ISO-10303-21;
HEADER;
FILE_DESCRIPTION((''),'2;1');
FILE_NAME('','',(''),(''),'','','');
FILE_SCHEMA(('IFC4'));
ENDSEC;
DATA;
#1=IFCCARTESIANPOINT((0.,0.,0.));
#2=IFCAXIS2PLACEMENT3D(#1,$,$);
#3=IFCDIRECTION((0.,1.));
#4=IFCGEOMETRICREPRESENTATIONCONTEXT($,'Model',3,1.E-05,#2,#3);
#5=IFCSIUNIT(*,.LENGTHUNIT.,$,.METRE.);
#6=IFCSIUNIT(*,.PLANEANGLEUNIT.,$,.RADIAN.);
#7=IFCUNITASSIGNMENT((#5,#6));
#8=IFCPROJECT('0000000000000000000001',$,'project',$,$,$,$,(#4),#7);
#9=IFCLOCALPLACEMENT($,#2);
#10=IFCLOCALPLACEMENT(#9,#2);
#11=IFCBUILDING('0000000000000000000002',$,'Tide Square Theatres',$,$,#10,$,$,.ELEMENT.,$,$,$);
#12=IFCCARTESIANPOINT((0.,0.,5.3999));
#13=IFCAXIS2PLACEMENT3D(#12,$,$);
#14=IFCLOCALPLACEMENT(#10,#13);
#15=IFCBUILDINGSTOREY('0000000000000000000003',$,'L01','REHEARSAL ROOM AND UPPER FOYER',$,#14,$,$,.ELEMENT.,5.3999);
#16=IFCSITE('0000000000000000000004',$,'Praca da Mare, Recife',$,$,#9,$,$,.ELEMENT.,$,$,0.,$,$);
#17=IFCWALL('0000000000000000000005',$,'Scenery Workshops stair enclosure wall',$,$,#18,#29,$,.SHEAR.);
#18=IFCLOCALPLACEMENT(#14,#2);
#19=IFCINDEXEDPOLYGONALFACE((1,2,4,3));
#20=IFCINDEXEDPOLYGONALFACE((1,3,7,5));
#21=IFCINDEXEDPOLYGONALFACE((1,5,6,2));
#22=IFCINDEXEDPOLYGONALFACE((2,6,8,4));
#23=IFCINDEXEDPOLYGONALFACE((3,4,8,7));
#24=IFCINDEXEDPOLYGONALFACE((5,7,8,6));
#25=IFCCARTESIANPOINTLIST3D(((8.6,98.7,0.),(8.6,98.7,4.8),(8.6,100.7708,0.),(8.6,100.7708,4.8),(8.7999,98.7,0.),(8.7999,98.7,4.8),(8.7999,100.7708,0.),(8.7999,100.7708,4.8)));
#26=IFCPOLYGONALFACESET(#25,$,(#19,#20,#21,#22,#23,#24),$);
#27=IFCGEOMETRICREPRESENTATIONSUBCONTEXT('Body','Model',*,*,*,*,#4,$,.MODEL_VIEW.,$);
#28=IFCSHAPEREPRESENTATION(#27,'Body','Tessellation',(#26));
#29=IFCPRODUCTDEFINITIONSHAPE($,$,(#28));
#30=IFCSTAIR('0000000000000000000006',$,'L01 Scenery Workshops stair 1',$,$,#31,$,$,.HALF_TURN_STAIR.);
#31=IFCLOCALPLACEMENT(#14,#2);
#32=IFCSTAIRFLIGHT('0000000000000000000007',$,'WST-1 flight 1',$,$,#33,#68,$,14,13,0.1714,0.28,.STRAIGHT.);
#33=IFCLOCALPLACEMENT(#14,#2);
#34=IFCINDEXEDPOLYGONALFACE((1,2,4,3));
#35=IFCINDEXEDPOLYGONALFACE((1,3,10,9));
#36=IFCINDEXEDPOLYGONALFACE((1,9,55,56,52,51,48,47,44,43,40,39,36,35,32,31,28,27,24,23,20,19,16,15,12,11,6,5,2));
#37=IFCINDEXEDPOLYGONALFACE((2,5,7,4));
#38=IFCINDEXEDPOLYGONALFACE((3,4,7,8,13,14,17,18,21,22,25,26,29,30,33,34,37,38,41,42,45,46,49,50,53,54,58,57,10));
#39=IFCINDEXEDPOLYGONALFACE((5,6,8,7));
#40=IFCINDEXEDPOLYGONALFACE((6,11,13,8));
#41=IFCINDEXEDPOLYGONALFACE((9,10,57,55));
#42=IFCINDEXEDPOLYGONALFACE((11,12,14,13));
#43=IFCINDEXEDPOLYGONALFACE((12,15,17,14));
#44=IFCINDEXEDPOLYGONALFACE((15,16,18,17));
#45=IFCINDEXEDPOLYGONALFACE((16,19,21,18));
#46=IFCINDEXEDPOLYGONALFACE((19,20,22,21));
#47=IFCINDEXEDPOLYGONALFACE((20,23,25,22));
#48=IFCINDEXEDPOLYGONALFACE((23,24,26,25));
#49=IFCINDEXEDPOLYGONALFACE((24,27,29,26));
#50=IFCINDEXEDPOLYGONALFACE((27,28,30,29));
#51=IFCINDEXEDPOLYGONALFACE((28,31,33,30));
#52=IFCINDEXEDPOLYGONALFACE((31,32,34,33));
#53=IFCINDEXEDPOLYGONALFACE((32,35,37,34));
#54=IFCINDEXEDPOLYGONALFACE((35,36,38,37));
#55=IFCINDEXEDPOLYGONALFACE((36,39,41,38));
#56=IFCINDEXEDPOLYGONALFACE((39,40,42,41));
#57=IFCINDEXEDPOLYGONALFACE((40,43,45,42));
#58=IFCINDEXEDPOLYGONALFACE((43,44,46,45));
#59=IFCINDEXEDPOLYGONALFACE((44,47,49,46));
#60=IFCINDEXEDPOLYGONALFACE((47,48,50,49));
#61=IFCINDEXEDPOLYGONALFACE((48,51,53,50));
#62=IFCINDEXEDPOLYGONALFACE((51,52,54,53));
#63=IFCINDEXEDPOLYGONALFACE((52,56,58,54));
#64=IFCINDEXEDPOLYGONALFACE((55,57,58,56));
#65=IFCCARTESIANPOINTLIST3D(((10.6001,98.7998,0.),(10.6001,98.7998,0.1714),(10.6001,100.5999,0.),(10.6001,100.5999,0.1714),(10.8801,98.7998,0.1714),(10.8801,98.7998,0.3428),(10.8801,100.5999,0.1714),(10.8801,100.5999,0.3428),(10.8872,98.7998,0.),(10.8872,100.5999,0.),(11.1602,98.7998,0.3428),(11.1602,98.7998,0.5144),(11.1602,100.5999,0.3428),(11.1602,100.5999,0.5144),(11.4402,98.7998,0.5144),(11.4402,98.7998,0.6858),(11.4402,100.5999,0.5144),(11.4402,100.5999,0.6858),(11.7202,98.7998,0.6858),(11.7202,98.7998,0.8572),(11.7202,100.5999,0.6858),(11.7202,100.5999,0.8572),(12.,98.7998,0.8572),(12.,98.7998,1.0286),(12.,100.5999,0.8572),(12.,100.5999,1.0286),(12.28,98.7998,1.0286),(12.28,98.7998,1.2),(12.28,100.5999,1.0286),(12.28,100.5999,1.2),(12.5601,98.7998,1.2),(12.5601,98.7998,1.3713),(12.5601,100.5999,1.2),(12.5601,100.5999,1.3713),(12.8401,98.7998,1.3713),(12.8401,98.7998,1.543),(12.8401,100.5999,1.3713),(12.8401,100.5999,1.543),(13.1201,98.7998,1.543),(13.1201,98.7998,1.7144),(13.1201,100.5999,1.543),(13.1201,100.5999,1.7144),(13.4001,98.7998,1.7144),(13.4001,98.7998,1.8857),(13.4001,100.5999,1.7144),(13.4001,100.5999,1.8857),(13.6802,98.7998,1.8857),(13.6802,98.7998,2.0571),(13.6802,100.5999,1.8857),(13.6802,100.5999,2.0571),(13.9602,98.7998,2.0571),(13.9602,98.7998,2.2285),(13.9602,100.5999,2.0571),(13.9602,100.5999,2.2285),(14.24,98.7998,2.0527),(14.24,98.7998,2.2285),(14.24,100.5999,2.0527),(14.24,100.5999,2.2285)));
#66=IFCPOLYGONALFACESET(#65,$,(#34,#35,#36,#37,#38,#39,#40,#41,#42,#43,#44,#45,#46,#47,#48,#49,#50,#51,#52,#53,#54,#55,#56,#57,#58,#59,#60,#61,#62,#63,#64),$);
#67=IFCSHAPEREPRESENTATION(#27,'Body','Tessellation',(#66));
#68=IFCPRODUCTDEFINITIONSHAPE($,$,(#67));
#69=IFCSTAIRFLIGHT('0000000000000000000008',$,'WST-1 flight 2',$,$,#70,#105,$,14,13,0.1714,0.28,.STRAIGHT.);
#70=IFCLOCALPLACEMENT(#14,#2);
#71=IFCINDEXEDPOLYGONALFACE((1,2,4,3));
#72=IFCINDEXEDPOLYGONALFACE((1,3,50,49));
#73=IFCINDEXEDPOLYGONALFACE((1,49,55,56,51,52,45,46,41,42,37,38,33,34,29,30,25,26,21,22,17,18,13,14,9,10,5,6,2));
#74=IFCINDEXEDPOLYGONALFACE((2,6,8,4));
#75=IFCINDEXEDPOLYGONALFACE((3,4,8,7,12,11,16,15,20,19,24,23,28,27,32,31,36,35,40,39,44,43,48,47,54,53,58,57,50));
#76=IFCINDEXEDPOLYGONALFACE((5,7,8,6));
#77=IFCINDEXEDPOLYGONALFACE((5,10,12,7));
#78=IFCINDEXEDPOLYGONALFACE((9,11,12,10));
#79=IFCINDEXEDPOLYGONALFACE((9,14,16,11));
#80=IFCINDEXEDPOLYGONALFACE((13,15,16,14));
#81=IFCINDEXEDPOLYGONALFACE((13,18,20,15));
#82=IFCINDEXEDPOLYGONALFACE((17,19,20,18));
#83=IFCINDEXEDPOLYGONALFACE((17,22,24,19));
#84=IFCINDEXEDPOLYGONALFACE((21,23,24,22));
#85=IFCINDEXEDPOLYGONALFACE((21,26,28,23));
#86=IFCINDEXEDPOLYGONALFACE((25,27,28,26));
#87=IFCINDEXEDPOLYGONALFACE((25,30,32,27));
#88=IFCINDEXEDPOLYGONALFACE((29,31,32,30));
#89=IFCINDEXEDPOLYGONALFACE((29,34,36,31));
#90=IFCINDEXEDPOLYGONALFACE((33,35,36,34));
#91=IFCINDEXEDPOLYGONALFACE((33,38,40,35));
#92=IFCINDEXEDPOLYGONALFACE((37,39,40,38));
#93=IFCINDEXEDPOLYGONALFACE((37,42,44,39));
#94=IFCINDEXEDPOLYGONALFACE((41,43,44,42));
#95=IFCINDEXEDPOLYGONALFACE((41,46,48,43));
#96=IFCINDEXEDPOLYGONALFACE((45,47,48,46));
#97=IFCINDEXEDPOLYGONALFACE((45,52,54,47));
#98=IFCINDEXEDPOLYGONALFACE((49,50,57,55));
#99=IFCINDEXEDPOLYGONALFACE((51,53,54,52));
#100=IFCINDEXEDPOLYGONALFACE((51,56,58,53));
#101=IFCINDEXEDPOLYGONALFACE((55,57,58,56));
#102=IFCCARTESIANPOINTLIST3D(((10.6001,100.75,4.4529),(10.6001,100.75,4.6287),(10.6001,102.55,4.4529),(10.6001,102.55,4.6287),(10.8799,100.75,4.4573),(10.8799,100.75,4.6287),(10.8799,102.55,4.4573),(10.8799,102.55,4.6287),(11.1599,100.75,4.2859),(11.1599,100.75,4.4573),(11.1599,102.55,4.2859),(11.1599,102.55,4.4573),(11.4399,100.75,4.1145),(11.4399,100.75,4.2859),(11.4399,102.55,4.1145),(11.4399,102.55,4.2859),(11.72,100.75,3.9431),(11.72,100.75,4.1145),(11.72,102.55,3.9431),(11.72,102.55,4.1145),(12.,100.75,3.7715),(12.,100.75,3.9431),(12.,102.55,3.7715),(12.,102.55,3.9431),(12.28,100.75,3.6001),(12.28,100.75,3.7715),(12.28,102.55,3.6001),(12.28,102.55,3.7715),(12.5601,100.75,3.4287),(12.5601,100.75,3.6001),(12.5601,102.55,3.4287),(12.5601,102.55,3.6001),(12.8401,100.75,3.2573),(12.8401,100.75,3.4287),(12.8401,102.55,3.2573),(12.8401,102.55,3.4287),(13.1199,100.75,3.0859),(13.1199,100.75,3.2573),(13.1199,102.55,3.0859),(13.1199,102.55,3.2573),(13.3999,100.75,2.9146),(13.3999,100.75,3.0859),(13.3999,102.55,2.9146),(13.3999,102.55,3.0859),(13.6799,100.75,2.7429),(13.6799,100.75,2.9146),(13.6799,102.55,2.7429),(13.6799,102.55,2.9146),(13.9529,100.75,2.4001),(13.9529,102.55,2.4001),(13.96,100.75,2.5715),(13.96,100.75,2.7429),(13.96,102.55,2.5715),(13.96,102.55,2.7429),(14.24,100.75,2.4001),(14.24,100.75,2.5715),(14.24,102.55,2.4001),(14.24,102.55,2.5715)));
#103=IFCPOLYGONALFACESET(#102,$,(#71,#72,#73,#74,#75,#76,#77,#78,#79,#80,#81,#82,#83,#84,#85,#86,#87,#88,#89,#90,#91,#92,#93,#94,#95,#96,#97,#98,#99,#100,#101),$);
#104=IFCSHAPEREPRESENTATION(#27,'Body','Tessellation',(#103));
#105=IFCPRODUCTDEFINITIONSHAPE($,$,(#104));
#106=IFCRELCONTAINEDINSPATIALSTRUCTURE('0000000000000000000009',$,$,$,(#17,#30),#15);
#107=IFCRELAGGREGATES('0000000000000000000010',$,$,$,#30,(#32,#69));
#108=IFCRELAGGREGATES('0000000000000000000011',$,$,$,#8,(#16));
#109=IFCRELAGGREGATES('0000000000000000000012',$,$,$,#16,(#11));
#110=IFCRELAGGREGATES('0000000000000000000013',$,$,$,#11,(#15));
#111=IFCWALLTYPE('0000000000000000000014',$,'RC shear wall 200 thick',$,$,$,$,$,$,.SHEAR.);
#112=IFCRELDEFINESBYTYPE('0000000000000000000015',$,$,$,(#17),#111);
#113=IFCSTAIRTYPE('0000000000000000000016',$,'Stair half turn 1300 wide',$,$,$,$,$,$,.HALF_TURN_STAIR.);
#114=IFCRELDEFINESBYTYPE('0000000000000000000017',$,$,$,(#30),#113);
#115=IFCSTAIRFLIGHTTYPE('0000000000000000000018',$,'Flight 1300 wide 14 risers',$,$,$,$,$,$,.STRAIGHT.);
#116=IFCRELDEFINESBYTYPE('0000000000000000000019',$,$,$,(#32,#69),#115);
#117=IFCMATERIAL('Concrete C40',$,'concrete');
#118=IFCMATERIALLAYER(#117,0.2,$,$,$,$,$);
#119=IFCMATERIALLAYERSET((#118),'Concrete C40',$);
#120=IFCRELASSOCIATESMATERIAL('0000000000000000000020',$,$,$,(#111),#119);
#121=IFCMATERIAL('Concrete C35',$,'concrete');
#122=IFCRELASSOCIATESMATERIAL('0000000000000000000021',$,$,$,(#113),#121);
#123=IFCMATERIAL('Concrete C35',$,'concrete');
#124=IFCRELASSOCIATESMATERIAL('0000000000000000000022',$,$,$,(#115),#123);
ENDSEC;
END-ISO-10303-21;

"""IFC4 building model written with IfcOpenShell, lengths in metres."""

from ifc_helpers import new_model, si_unit, direction, frame, frame_2d, origin, place, context, subcontext, project, spatial, polyline, rectangle, outline, extrude, material, layer, layer_set, type_object, element, aggregate, save


model = new_model("IFC4")

# Units and contexts
model_context = context("Model", 3, precision=1e-05, world=origin(), true_north=direction((0.0, 1.0)))
body_context = subcontext(model_context, "Body", "Model", "MODEL_VIEW")
ifc_project = project(units=[si_unit("LENGTHUNIT", "METRE"), si_unit("PLANEANGLEUNIT", "RADIAN")], contexts=[model_context])

# Site, building, storey
site_placement = place(None, origin())
site = spatial("IfcSite", under=ifc_project, at=site_placement, Name="Praca da Mare, Recife", CompositionType="ELEMENT", RefElevation=0.0)
building_placement = place(site_placement, origin())
building = spatial("IfcBuilding", under=site, at=building_placement, Name="Tide Square Theatres", CompositionType="ELEMENT")
storey_placement = place(building_placement, frame((0.0, 0.0, 5.3999)))
storey = spatial("IfcBuildingStorey", under=building, at=storey_placement, Name="L01", Description="REHEARSAL ROOM AND UPPER FOYER", CompositionType="ELEMENT", Elevation=5.3999)

# Wall
ifc_material_1 = material(Name="Concrete C40", Category="concrete")
ifc_layer_1 = layer(ifc_material_1, 0.2)
ifc_layer_set_1 = layer_set([ifc_layer_1], Name="Concrete C40")
wall_type_1 = type_object("IfcWallType", Name="RC shear wall 200 thick", PredefinedType="SHEAR", material=ifc_layer_set_1)
wall_1_placement = place(storey_placement, frame((8.7, 98.7, 0.0), z_axis=(0.0, 0.0, 1.0), x_axis=(0.0, 1.0, 0.0)))
element("IfcWall", 1, at=wall_1_placement, inside=storey, type_object=wall_type_1, Name="Scenery Workshops stair enclosure wall", PredefinedType="SHEAR", context=body_context, shape_type="SweptSolid", body=[
    extrude(rectangle(XDim=2.0708, YDim=0.2, at=frame_2d((1.0354, 0.0))), origin(), (0.0, 0.0, 1.0), 4.8),
])

# Stair, stair flights
ifc_material_2 = material(Name="Concrete C35", Category="concrete")
stair_type = type_object("IfcStairType", Name="Stair half turn 1300 wide", PredefinedType="HALF_TURN_STAIR", material=ifc_material_2)
stair_placement = place(storey_placement, origin())
stair = element("IfcStair", 2, at=stair_placement, inside=storey, type_object=stair_type, Name="L01 Scenery Workshops stair 1", PredefinedType="HALF_TURN_STAIR")
ifc_material_3 = material(Name="Concrete C35", Category="concrete")
stair_flight_type = type_object("IfcStairFlightType", Name="Flight 1300 wide 14 risers", PredefinedType="STRAIGHT", material=ifc_material_3)
stair_flight_1_placement = place(storey_placement, frame((10.6001, 99.7, 0.0), z_axis=(0.0, 0.0, 1.0), x_axis=(1.0, 0.0, 0.0)))
stair_flight_1 = element("IfcStairFlight", 3, at=stair_flight_1_placement, type_object=stair_flight_type, Name="WST-1 flight 1", NumberOfRisers=14, NumberOfTreads=13, PredefinedType="STRAIGHT", RiserHeight=0.1714, TreadLength=0.28, context=body_context, shape_type="SweptSolid", body=[
    extrude(outline(polyline([(0.0, 0.0), (0.0, 0.1714), (0.28, 0.1714), (0.28, 0.3428), (0.5601, 0.3428), (0.5601, 0.5144), (0.8401, 0.5144), (0.8401, 0.6858), (1.1201, 0.6858), (1.1201, 0.8572), (1.3999, 0.8572), (1.3999, 1.0286), (1.6799, 1.0286), (1.6799, 1.2), (1.96, 1.2), (1.96, 1.3713), (2.24, 1.3713), (2.24, 1.543), (2.52, 1.543), (2.52, 1.7144), (2.8, 1.7144), (2.8, 1.8857), (3.0801, 1.8857), (3.0801, 2.0571), (3.3601, 2.0571), (3.3601, 2.2285), (3.6399, 2.2285), (3.6399, 2.3999), (3.6399, 2.0527), (0.2871, 0.0), (0.0, 0.0)])), frame((0.0, 0.8999, 0.0), z_axis=(0.0, -1.0, 0.0), x_axis=(1.0, 0.0, 0.0)), (0.0, 0.0, 1.0), 1.8),
])
stair_flight_2_placement = place(storey_placement, frame((14.24, 101.6499, 2.4001), z_axis=(0.0, 0.0, 1.0), x_axis=(-1.0, 0.0, 0.0)))
stair_flight_2 = element("IfcStairFlight", 4, at=stair_flight_2_placement, type_object=stair_flight_type, Name="WST-1 flight 2", NumberOfRisers=14, NumberOfTreads=13, PredefinedType="STRAIGHT", RiserHeight=0.1714, TreadLength=0.28, context=body_context, shape_type="SweptSolid", body=[
    extrude(outline(polyline([(0.0, 0.0), (0.0, 0.1714), (0.28, 0.1714), (0.28, 0.3428), (0.5601, 0.3428), (0.5601, 0.5144), (0.8401, 0.5144), (0.8401, 0.6858), (1.1201, 0.6858), (1.1201, 0.8572), (1.3999, 0.8572), (1.3999, 1.0286), (1.6799, 1.0286), (1.6799, 1.2), (1.96, 1.2), (1.96, 1.3713), (2.24, 1.3713), (2.24, 1.543), (2.52, 1.543), (2.52, 1.7144), (2.8, 1.7144), (2.8, 1.8857), (3.0801, 1.8857), (3.0801, 2.0571), (3.3601, 2.0571), (3.3601, 2.2285), (3.6399, 2.2285), (3.6399, 2.3999), (3.6399, 2.0527), (0.2871, 0.0), (0.0, 0.0)])), frame((0.0, 0.8999, 0.0), z_axis=(0.0, -1.0, 0.0), x_axis=(1.0, 0.0, 0.0)), (0.0, 0.0, 1.0), 1.8),
])
aggregate(stair, [stair_flight_1, stair_flight_2])

save(model, "model.ifc")
